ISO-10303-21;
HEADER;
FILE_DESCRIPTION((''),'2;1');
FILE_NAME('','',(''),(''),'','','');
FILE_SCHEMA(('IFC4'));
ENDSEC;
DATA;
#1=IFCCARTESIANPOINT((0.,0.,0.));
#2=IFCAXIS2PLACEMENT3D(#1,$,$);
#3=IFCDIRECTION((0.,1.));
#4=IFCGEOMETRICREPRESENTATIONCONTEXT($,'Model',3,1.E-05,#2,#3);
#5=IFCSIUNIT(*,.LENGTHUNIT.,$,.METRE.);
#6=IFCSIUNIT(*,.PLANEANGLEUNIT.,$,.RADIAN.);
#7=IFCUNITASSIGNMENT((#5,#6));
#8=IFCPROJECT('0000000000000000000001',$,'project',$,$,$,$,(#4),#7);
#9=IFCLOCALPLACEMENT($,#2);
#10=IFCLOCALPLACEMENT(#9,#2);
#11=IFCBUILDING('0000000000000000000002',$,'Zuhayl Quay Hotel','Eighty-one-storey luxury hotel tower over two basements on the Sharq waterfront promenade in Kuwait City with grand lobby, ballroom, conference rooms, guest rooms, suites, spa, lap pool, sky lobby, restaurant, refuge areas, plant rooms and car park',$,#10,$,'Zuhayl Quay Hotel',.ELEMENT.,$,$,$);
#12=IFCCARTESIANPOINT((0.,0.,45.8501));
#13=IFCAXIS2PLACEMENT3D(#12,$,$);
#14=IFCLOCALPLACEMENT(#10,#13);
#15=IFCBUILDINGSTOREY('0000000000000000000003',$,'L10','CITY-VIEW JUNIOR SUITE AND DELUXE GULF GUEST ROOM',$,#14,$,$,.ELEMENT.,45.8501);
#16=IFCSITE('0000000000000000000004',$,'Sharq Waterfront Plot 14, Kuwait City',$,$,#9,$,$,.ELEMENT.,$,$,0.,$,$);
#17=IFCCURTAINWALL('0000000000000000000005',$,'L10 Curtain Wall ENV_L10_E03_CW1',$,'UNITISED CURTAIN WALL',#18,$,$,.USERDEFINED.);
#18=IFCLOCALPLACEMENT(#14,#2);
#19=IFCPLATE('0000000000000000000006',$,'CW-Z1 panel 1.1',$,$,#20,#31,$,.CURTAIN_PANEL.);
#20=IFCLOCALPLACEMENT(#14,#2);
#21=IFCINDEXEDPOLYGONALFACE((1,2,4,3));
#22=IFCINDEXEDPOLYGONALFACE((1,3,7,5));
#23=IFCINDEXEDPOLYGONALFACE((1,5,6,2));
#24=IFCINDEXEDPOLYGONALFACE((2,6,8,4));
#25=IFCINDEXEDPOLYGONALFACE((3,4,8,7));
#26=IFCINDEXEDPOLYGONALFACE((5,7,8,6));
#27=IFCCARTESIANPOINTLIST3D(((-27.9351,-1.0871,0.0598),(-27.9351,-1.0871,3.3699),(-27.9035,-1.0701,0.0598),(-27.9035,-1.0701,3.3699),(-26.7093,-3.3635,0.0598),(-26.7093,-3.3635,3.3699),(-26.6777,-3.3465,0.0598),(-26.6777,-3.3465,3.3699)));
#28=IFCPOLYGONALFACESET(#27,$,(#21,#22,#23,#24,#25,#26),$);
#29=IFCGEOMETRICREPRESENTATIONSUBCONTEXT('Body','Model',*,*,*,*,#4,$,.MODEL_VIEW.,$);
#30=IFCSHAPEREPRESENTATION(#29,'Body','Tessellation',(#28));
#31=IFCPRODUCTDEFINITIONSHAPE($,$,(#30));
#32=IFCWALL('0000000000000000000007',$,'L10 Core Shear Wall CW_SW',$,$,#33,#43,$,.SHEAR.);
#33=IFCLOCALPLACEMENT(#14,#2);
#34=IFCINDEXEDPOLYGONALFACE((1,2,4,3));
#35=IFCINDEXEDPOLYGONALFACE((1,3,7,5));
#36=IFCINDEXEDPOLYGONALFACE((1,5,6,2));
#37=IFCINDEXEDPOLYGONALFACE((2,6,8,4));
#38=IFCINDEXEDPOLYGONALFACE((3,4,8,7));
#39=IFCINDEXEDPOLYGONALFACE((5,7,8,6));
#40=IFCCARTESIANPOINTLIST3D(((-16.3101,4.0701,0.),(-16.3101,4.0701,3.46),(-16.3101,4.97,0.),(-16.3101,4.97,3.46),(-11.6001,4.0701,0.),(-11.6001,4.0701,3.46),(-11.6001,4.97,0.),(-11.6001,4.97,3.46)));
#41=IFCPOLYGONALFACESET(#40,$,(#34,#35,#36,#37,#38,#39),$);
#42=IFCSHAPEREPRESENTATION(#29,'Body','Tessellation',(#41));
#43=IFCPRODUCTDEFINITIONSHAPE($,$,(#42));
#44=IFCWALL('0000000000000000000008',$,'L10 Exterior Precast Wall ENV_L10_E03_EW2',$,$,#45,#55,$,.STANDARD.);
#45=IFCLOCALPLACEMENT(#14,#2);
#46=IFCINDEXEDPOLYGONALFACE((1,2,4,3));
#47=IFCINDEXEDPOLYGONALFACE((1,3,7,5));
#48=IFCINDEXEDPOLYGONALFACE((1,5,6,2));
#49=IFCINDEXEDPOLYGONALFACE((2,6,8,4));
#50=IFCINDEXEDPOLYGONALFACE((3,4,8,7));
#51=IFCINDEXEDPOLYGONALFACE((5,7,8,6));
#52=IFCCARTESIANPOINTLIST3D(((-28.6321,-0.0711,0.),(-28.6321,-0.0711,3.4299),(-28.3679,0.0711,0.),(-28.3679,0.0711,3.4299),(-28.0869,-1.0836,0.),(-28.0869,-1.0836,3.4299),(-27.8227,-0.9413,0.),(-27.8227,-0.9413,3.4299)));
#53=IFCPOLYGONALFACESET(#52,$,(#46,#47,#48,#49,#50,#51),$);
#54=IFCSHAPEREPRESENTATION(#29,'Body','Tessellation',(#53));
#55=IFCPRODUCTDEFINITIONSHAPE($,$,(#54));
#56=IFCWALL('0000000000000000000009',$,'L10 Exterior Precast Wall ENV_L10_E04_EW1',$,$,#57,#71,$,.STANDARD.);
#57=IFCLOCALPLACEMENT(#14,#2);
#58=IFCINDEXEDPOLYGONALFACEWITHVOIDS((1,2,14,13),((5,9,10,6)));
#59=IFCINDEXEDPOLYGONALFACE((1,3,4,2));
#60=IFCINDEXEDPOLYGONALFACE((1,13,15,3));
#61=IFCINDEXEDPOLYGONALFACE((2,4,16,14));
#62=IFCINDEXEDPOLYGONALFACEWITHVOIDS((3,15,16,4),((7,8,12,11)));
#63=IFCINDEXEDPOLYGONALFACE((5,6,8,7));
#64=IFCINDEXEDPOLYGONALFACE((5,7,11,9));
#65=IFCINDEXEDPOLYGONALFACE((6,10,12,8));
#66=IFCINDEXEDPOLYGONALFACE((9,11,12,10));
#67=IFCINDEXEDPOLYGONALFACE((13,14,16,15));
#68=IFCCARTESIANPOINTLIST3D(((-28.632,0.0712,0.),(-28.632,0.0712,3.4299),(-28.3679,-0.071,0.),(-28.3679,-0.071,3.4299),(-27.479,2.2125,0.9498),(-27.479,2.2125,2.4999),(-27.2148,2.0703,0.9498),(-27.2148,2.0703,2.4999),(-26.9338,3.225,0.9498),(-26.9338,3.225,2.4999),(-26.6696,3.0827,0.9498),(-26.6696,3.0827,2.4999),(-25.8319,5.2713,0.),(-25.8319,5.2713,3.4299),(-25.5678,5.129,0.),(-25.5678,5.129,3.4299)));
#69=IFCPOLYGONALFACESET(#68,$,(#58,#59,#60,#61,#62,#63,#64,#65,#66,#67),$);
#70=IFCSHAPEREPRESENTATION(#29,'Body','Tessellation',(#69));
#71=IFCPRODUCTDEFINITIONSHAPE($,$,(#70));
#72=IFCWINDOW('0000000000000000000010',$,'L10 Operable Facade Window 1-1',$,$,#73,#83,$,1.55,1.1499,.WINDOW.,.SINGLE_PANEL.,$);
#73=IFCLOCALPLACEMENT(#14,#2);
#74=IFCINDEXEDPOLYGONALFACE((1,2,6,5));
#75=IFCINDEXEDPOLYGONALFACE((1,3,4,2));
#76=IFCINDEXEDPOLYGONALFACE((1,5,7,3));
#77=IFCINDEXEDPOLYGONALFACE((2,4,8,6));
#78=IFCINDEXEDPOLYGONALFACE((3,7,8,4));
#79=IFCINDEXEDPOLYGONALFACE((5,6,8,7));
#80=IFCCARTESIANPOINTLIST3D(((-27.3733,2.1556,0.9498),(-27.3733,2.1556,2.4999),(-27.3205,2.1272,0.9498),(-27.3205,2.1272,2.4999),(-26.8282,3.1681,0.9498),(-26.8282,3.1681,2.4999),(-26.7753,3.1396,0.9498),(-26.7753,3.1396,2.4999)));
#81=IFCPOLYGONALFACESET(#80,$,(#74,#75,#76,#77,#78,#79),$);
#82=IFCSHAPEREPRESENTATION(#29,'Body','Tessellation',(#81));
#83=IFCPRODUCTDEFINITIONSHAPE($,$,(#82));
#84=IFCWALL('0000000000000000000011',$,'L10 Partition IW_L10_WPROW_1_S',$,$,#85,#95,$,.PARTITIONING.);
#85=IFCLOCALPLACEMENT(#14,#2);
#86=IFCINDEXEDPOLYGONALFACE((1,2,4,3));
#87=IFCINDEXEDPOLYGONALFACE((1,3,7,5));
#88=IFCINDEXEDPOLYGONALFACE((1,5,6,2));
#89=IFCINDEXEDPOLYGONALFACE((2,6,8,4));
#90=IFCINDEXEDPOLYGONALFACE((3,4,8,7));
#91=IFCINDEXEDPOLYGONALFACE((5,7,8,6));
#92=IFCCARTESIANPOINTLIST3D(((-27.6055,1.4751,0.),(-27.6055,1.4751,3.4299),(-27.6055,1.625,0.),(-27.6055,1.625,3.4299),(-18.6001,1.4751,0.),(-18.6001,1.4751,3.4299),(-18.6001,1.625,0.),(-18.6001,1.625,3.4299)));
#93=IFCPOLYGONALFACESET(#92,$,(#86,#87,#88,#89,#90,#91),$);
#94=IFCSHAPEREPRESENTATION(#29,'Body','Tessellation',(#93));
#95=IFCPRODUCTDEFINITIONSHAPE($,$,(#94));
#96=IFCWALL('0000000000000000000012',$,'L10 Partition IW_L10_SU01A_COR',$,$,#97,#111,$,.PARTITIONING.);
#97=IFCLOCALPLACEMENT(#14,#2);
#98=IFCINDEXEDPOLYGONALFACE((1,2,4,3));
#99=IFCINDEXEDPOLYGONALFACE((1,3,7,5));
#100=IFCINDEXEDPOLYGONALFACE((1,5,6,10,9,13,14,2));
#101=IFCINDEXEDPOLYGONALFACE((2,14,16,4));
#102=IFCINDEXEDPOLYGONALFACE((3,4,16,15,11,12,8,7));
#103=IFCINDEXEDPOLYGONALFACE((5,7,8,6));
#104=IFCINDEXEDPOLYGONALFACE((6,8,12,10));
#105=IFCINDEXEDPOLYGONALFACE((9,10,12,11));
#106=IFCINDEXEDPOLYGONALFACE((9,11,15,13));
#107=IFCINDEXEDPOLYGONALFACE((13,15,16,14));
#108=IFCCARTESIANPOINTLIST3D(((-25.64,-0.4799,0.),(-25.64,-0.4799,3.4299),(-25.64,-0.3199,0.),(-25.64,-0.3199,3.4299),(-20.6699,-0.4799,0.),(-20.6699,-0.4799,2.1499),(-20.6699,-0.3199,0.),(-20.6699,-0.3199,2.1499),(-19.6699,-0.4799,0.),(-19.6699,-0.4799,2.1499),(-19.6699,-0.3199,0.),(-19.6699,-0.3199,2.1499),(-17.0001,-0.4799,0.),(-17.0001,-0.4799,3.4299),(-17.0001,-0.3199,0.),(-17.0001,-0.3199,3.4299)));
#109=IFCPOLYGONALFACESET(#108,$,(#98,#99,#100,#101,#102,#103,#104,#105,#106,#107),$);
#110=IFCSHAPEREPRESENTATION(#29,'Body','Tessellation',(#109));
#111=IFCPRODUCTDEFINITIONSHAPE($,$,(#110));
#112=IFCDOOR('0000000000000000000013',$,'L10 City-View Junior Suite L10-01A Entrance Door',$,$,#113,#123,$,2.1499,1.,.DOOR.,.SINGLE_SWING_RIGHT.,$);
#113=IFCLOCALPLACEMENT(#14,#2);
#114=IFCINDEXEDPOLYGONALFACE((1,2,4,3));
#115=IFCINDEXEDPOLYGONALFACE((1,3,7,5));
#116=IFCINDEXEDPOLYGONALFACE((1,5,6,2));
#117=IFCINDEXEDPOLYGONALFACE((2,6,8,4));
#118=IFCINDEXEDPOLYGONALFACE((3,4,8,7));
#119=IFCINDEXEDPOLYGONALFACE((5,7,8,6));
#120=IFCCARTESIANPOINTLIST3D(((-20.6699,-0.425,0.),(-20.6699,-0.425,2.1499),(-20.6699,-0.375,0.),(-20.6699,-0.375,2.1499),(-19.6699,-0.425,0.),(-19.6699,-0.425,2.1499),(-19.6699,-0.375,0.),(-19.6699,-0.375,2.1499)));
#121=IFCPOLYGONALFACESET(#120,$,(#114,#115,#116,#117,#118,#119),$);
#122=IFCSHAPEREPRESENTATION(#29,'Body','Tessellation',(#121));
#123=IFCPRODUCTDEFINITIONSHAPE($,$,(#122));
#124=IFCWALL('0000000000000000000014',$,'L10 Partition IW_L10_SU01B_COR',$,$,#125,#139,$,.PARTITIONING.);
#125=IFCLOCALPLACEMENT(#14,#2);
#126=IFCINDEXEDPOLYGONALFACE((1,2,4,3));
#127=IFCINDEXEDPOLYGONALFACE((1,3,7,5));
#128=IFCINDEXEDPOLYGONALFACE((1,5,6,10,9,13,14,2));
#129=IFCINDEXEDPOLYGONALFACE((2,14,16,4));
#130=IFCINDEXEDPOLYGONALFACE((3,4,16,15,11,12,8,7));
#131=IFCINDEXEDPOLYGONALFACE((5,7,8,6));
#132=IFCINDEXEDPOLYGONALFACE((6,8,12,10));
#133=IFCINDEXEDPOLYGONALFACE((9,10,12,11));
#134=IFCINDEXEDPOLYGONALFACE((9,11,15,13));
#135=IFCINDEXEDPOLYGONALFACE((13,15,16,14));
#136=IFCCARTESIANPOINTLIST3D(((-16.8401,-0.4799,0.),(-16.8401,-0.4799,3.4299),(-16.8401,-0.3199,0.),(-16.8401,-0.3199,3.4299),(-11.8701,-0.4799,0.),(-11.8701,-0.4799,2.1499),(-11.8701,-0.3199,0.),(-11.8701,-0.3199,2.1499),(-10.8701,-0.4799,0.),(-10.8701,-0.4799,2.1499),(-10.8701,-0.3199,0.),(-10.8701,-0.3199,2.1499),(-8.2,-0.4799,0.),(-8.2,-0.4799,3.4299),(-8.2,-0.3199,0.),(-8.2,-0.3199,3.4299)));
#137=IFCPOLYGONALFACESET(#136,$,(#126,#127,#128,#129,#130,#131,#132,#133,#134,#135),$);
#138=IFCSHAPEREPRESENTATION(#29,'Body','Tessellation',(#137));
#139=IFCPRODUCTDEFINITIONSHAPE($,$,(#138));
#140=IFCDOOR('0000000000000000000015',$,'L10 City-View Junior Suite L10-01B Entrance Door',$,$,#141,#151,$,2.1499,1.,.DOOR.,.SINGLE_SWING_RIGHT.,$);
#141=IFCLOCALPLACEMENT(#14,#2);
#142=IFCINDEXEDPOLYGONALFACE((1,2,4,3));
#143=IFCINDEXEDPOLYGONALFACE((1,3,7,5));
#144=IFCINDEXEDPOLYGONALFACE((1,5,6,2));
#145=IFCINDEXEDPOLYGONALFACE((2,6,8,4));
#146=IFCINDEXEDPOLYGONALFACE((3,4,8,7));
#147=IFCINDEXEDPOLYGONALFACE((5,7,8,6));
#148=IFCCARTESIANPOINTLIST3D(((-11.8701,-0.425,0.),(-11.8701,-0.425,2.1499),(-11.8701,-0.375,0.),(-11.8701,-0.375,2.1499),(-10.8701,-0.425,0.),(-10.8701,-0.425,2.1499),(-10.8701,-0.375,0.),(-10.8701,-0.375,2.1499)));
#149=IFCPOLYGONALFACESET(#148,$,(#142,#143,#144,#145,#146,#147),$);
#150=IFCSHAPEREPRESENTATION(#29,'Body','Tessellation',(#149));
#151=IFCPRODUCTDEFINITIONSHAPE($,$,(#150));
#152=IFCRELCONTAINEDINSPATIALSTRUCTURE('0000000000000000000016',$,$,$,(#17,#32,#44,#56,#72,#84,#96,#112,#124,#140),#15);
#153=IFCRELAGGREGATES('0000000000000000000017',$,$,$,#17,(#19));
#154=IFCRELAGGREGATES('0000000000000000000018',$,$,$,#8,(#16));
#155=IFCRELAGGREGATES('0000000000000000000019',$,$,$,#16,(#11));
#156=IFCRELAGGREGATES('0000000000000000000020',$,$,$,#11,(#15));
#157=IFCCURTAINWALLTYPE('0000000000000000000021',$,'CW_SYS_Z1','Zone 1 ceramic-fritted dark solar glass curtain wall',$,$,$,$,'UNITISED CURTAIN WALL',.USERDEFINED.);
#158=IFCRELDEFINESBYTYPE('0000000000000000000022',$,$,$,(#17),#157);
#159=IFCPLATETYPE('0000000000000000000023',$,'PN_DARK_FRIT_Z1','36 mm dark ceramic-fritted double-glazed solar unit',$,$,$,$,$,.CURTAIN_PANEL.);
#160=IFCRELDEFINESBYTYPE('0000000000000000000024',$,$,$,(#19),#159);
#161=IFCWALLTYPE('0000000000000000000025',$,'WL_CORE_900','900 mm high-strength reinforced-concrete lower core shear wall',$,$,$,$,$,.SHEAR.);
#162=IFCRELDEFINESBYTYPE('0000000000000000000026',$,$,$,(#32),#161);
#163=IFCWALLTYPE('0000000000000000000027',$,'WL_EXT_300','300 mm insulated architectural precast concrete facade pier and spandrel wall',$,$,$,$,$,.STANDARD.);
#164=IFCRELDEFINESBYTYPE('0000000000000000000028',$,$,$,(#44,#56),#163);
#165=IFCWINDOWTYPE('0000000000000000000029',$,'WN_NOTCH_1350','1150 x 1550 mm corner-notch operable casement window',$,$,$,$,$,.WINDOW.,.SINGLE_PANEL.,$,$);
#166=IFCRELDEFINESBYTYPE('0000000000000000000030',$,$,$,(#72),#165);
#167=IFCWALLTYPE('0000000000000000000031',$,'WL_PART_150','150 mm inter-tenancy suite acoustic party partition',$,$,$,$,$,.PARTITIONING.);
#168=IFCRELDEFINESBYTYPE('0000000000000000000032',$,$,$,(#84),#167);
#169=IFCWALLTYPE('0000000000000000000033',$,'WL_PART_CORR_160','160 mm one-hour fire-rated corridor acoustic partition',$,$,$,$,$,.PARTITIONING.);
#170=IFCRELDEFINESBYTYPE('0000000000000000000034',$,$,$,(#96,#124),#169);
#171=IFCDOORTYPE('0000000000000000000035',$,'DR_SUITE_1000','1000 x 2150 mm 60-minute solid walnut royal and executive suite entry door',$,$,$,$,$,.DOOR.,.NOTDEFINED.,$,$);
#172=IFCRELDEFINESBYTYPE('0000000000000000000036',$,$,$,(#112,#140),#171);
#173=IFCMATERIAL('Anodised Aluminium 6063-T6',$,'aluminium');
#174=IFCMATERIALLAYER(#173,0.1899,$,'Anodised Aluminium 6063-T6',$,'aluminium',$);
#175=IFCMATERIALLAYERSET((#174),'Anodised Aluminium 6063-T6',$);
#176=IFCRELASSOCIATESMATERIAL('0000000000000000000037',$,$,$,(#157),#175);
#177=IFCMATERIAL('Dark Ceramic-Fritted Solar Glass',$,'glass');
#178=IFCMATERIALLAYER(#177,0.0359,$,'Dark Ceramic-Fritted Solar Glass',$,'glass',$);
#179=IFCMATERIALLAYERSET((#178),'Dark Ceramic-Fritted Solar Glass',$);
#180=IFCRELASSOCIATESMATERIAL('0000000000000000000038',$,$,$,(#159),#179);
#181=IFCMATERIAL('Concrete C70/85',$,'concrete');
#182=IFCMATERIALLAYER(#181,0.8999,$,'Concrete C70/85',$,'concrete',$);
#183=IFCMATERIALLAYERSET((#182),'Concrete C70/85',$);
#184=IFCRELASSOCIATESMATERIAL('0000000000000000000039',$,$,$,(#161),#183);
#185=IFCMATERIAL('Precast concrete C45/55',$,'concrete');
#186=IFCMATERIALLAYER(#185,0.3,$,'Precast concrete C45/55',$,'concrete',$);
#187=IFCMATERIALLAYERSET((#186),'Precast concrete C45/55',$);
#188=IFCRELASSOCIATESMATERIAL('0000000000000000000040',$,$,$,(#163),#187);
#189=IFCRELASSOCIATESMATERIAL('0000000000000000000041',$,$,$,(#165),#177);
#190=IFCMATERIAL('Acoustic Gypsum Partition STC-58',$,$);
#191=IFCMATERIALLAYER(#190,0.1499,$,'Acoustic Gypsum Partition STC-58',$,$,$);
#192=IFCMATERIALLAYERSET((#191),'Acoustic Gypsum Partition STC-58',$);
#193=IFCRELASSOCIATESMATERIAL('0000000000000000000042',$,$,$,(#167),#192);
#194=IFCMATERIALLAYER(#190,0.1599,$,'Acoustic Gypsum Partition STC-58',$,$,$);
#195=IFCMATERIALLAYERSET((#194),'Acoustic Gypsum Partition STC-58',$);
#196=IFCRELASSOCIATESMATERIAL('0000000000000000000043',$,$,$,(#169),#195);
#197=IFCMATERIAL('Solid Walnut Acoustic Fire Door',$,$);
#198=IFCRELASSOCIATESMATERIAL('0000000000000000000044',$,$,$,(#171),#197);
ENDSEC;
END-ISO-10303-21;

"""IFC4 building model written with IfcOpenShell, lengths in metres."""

from ifc_helpers import new_model, si_unit, direction, frame, frame_2d, origin, origin_2d, place, context, subcontext, project, spatial, rectangle, extrude, material, layer, layer_set, type_object, element, fill, aggregate, save


model = new_model("IFC4")

# Units and contexts
model_context = context("Model", 3, precision=1e-05, world=origin(), true_north=direction((0.0, 1.0)))
body_context = subcontext(model_context, "Body", "Model", "MODEL_VIEW")
ifc_project = project(units=[si_unit("LENGTHUNIT", "METRE"), si_unit("PLANEANGLEUNIT", "RADIAN")], contexts=[model_context])

# Site, building, storey
site_placement = place(None, origin())
site = spatial("IfcSite", under=ifc_project, at=site_placement, Name="Sharq Waterfront Plot 14, Kuwait City", CompositionType="ELEMENT", RefElevation=0.0)
building_placement = place(site_placement, origin())
building = spatial("IfcBuilding", under=site, at=building_placement, Name="Zuhayl Quay Hotel", Description="Eighty-one-storey luxury hotel tower over two basements on the Sharq waterfront promenade in Kuwait City with grand lobby, ballroom, conference rooms, guest rooms, suites, spa, lap pool, sky lobby, restaurant, refuge areas, plant rooms and car park", LongName="Zuhayl Quay Hotel", CompositionType="ELEMENT")
storey_placement = place(building_placement, frame((0.0, 0.0, 45.8501)))
storey = spatial("IfcBuildingStorey", under=building, at=storey_placement, Name="L10", Description="CITY-VIEW JUNIOR SUITE AND DELUXE GULF GUEST ROOM", CompositionType="ELEMENT", Elevation=45.8501)

# Shared definitions
ifc_material_1 = material(Name="Concrete C70/85", Category="concrete")

# Curtain wall, plate
ifc_material_2 = material(Name="Anodised Aluminium 6063-T6", Category="aluminium")
ifc_layer_1 = layer(ifc_material_2, 0.1899, Name="Anodised Aluminium 6063-T6", Category="aluminium")
ifc_layer_set_1 = layer_set([ifc_layer_1], Name="Anodised Aluminium 6063-T6")
curtain_wall_type = type_object("IfcCurtainWallType", Name="CW_SYS_Z1", Description="Zone 1 ceramic-fritted dark solar glass curtain wall", ElementType="UNITISED CURTAIN WALL", PredefinedType="USERDEFINED", material=ifc_layer_set_1)
curtain_wall_placement = place(storey_placement, origin())
curtain_wall = element("IfcCurtainWall", 1, at=curtain_wall_placement, inside=storey, type_object=curtain_wall_type, Name="L10 Curtain Wall ENV_L10_E03_CW1", ObjectType="UNITISED CURTAIN WALL", PredefinedType="USERDEFINED")
ifc_material_3 = material(Name="Dark Ceramic-Fritted Solar Glass", Category="glass")
ifc_layer_2 = layer(ifc_material_3, 0.0359, Name="Dark Ceramic-Fritted Solar Glass", Category="glass")
ifc_layer_set_2 = layer_set([ifc_layer_2], Name="Dark Ceramic-Fritted Solar Glass")
plate_type = type_object("IfcPlateType", Name="PN_DARK_FRIT_Z1", Description="36 mm dark ceramic-fritted double-glazed solar unit", PredefinedType="CURTAIN_PANEL", material=ifc_layer_set_2)
plate_placement = place(storey_placement, frame((-27.3064, -2.2168, 0.0598), z_axis=(0.0, 0.0, 1.0), x_axis=(-0.474091, 0.880476, 0.0)))
plate = element("IfcPlate", 2, at=plate_placement, type_object=plate_type, Name="CW-Z1 panel 1.1", PredefinedType="CURTAIN_PANEL", context=body_context, shape_type="SweptSolid", body=[
    extrude(rectangle(XDim=2.5854, YDim=0.0359, at=origin_2d()), origin(), (0.0, 0.0, 1.0), 3.3101),
])
aggregate(curtain_wall, [plate])

# Walls
ifc_layer_3 = layer(ifc_material_1, 0.8999, Name="Concrete C70/85", Category="concrete")
ifc_layer_set_3 = layer_set([ifc_layer_3], Name="Concrete C70/85")
wall_type_1 = type_object("IfcWallType", Name="WL_CORE_900", Description="900 mm high-strength reinforced-concrete lower core shear wall", PredefinedType="SHEAR", material=ifc_layer_set_3)
wall_1_placement = place(storey_placement, frame((-16.3101, 4.52, 0.0), z_axis=(0.0, 0.0, 1.0), x_axis=(1.0, 0.0, 0.0)))
element("IfcWall", 3, at=wall_1_placement, inside=storey, type_object=wall_type_1, Name="L10 Core Shear Wall CW_SW", PredefinedType="SHEAR", context=body_context, shape_type="SweptSolid", body=[
    extrude(rectangle(XDim=4.71, YDim=0.8999, at=frame_2d((2.355, 0.0))), origin(), (0.0, 0.0, 1.0), 3.46),
])
ifc_material_4 = material(Name="Precast concrete C45/55", Category="concrete")
ifc_layer_4 = layer(ifc_material_4, 0.3, Name="Precast concrete C45/55", Category="concrete")
ifc_layer_set_4 = layer_set([ifc_layer_4], Name="Precast concrete C45/55")
wall_type_2 = type_object("IfcWallType", Name="WL_EXT_300", Description="300 mm insulated architectural precast concrete facade pier and spandrel wall", PredefinedType="STANDARD", material=ifc_layer_set_4)
wall_2_placement = place(storey_placement, frame((-27.9548, -1.0125, 0.0), z_axis=(0.0, 0.0, 1.0), x_axis=(-0.4741, 0.880471, 0.0)))
element("IfcWall", 4, at=wall_2_placement, inside=storey, type_object=wall_type_2, Name="L10 Exterior Precast Wall ENV_L10_E03_EW2", PredefinedType="STANDARD", context=body_context, shape_type="SweptSolid", body=[
    extrude(rectangle(XDim=1.1499, YDim=0.3, at=frame_2d((0.575, 0.0))), origin(), (0.0, 0.0, 1.0), 3.4299),
])

# Wall, opening, window
wall_3_placement = place(storey_placement, frame((-28.5, 0.0, 0.0), z_axis=(0.0, 0.0, 1.0), x_axis=(0.47411, 0.880466, 0.0)))
wall_3 = element("IfcWall", 5, at=wall_3_placement, inside=storey, type_object=wall_type_2, Name="L10 Exterior Precast Wall ENV_L10_E04_EW1", PredefinedType="STANDARD", context=body_context, shape_type="SweptSolid", body=[
    extrude(rectangle(XDim=5.906, YDim=0.3, at=frame_2d((2.9531, 0.0))), origin(), (0.0, 0.0, 1.0), 3.4299),
])
opening_1_placement = place(wall_3_placement, frame((2.4321, 0.0, 0.95)))
opening_1 = element("IfcOpeningElement", 6, at=opening_1_placement, cuts=wall_3, PredefinedType="OPENING", context=body_context, shape_type="SweptSolid", body=[
    extrude(rectangle(XDim=1.1499, YDim=1.55, at=frame_2d((0.575, 0.7749))), frame((0.0, 0.1599, 0.0), z_axis=(0.0, -1.0, 0.0), x_axis=(1.0, 0.0, 0.0)), (0.0, 0.0, 1.0), 0.3201),
])
window_type = type_object("IfcWindowType", Name="WN_NOTCH_1350", Description="1150 x 1550 mm corner-notch operable casement window", PartitioningType="SINGLE_PANEL", PredefinedType="WINDOW", material=ifc_material_3)
window_placement = place(opening_1_placement, origin())
window = element("IfcWindow", 7, at=window_placement, inside=storey, type_object=window_type, Name="L10 Operable Facade Window 1-1", OverallHeight=1.55, OverallWidth=1.1499, PartitioningType="SINGLE_PANEL", PredefinedType="WINDOW", context=body_context, shape_type="SweptSolid", body=[
    extrude(rectangle(XDim=1.1499, YDim=1.55, at=frame_2d((0.575, 0.7749))), frame((0.0, 0.03, 0.0), z_axis=(0.0, -1.0, 0.0), x_axis=(1.0, 0.0, 0.0)), (0.0, 0.0, 1.0), 0.0601),
])
fill(opening_1, window)

# Wall
ifc_material_5 = material(Name="Acoustic Gypsum Partition STC-58")
ifc_layer_5 = layer(ifc_material_5, 0.1499, Name="Acoustic Gypsum Partition STC-58")
ifc_layer_set_5 = layer_set([ifc_layer_5], Name="Acoustic Gypsum Partition STC-58")
wall_type_3 = type_object("IfcWallType", Name="WL_PART_150", Description="150 mm inter-tenancy suite acoustic party partition", PredefinedType="PARTITIONING", material=ifc_layer_set_5)
wall_4_placement = place(storey_placement, frame((-27.6055, 1.55, 0.0), z_axis=(0.0, 0.0, 1.0), x_axis=(1.0, 0.0, 0.0)))
element("IfcWall", 8, at=wall_4_placement, inside=storey, type_object=wall_type_3, Name="L10 Partition IW_L10_WPROW_1_S", PredefinedType="PARTITIONING", context=body_context, shape_type="SweptSolid", body=[
    extrude(rectangle(XDim=9.0054, YDim=0.1499, at=frame_2d((4.5027, 0.0))), origin(), (0.0, 0.0, 1.0), 3.4299),
])

# Walls, openings, doors
ifc_layer_6 = layer(ifc_material_5, 0.1599, Name="Acoustic Gypsum Partition STC-58")
ifc_layer_set_6 = layer_set([ifc_layer_6], Name="Acoustic Gypsum Partition STC-58")
wall_type_4 = type_object("IfcWallType", Name="WL_PART_CORR_160", Description="160 mm one-hour fire-rated corridor acoustic partition", PredefinedType="PARTITIONING", material=ifc_layer_set_6)
wall_5_placement = place(storey_placement, frame((-25.6399, -0.3999, 0.0), z_axis=(0.0, 0.0, 1.0), x_axis=(1.0, 0.0, 0.0)))
wall_5 = element("IfcWall", 9, at=wall_5_placement, inside=storey, type_object=wall_type_4, Name="L10 Partition IW_L10_SU01A_COR", PredefinedType="PARTITIONING", context=body_context, shape_type="SweptSolid", body=[
    extrude(rectangle(XDim=8.6399, YDim=0.1599, at=frame_2d((4.3198, 0.0))), origin(), (0.0, 0.0, 1.0), 3.4299),
])
opening_2_placement = place(wall_5_placement, frame((4.97, 0.0, 0.0)))
opening_2 = element("IfcOpeningElement", 10, at=opening_2_placement, cuts=wall_5, PredefinedType="OPENING", context=body_context, shape_type="SweptSolid", body=[
    extrude(rectangle(XDim=1.0, YDim=2.1499, at=frame_2d((0.5, 1.075))), frame((0.0, 0.0898, 0.0), z_axis=(0.0, -1.0, 0.0), x_axis=(1.0, 0.0, 0.0)), (0.0, 0.0, 1.0), 0.1799),
])
ifc_material_6 = material(Name="Solid Walnut Acoustic Fire Door")
door_type_1 = type_object("IfcDoorType", Name="DR_SUITE_1000", Description="1000 x 2150 mm 60-minute solid walnut royal and executive suite entry door", OperationType="NOTDEFINED", PredefinedType="DOOR", material=ifc_material_6)
door_1_placement = place(opening_2_placement, origin())
door_1 = element("IfcDoor", 11, at=door_1_placement, inside=storey, type_object=door_type_1, Name="L10 City-View Junior Suite L10-01A Entrance Door", OperationType="SINGLE_SWING_RIGHT", OverallHeight=2.1499, OverallWidth=1.0, PredefinedType="DOOR", context=body_context, shape_type="SweptSolid", body=[
    extrude(rectangle(XDim=1.0, YDim=2.1499, at=frame_2d((0.5, 1.075))), frame((0.0, 0.0249, 0.0), z_axis=(0.0, -1.0, 0.0), x_axis=(1.0, 0.0, 0.0)), (0.0, 0.0, 1.0), 0.05),
])
fill(opening_2, door_1)
wall_6_placement = place(storey_placement, frame((-16.8401, -0.3999, 0.0), z_axis=(0.0, 0.0, 1.0), x_axis=(1.0, 0.0, 0.0)))
wall_6 = element("IfcWall", 12, at=wall_6_placement, inside=storey, type_object=wall_type_4, Name="L10 Partition IW_L10_SU01B_COR", PredefinedType="PARTITIONING", context=body_context, shape_type="SweptSolid", body=[
    extrude(rectangle(XDim=8.6401, YDim=0.1599, at=frame_2d((4.3201, 0.0))), origin(), (0.0, 0.0, 1.0), 3.4299),
])
opening_3_placement = place(wall_6_placement, frame((4.97, 0.0, 0.0)))
opening_3 = element("IfcOpeningElement", 13, at=opening_3_placement, cuts=wall_6, PredefinedType="OPENING", context=body_context, shape_type="SweptSolid", body=[
    extrude(rectangle(XDim=1.0, YDim=2.1499, at=frame_2d((0.5, 1.075))), frame((0.0, 0.0898, 0.0), z_axis=(0.0, -1.0, 0.0), x_axis=(1.0, 0.0, 0.0)), (0.0, 0.0, 1.0), 0.1799),
])
door_2_placement = place(opening_3_placement, origin())
door_2 = element("IfcDoor", 14, at=door_2_placement, inside=storey, type_object=door_type_1, Name="L10 City-View Junior Suite L10-01B Entrance Door", OperationType="SINGLE_SWING_RIGHT", OverallHeight=2.1499, OverallWidth=1.0, PredefinedType="DOOR", context=body_context, shape_type="SweptSolid", body=[
    extrude(rectangle(XDim=1.0, YDim=2.1499, at=frame_2d((0.5, 1.075))), frame((0.0, 0.0249, 0.0), z_axis=(0.0, -1.0, 0.0), x_axis=(1.0, 0.0, 0.0)), (0.0, 0.0, 1.0), 0.05),
])
fill(opening_3, door_2)

save(model, "model.ifc")
